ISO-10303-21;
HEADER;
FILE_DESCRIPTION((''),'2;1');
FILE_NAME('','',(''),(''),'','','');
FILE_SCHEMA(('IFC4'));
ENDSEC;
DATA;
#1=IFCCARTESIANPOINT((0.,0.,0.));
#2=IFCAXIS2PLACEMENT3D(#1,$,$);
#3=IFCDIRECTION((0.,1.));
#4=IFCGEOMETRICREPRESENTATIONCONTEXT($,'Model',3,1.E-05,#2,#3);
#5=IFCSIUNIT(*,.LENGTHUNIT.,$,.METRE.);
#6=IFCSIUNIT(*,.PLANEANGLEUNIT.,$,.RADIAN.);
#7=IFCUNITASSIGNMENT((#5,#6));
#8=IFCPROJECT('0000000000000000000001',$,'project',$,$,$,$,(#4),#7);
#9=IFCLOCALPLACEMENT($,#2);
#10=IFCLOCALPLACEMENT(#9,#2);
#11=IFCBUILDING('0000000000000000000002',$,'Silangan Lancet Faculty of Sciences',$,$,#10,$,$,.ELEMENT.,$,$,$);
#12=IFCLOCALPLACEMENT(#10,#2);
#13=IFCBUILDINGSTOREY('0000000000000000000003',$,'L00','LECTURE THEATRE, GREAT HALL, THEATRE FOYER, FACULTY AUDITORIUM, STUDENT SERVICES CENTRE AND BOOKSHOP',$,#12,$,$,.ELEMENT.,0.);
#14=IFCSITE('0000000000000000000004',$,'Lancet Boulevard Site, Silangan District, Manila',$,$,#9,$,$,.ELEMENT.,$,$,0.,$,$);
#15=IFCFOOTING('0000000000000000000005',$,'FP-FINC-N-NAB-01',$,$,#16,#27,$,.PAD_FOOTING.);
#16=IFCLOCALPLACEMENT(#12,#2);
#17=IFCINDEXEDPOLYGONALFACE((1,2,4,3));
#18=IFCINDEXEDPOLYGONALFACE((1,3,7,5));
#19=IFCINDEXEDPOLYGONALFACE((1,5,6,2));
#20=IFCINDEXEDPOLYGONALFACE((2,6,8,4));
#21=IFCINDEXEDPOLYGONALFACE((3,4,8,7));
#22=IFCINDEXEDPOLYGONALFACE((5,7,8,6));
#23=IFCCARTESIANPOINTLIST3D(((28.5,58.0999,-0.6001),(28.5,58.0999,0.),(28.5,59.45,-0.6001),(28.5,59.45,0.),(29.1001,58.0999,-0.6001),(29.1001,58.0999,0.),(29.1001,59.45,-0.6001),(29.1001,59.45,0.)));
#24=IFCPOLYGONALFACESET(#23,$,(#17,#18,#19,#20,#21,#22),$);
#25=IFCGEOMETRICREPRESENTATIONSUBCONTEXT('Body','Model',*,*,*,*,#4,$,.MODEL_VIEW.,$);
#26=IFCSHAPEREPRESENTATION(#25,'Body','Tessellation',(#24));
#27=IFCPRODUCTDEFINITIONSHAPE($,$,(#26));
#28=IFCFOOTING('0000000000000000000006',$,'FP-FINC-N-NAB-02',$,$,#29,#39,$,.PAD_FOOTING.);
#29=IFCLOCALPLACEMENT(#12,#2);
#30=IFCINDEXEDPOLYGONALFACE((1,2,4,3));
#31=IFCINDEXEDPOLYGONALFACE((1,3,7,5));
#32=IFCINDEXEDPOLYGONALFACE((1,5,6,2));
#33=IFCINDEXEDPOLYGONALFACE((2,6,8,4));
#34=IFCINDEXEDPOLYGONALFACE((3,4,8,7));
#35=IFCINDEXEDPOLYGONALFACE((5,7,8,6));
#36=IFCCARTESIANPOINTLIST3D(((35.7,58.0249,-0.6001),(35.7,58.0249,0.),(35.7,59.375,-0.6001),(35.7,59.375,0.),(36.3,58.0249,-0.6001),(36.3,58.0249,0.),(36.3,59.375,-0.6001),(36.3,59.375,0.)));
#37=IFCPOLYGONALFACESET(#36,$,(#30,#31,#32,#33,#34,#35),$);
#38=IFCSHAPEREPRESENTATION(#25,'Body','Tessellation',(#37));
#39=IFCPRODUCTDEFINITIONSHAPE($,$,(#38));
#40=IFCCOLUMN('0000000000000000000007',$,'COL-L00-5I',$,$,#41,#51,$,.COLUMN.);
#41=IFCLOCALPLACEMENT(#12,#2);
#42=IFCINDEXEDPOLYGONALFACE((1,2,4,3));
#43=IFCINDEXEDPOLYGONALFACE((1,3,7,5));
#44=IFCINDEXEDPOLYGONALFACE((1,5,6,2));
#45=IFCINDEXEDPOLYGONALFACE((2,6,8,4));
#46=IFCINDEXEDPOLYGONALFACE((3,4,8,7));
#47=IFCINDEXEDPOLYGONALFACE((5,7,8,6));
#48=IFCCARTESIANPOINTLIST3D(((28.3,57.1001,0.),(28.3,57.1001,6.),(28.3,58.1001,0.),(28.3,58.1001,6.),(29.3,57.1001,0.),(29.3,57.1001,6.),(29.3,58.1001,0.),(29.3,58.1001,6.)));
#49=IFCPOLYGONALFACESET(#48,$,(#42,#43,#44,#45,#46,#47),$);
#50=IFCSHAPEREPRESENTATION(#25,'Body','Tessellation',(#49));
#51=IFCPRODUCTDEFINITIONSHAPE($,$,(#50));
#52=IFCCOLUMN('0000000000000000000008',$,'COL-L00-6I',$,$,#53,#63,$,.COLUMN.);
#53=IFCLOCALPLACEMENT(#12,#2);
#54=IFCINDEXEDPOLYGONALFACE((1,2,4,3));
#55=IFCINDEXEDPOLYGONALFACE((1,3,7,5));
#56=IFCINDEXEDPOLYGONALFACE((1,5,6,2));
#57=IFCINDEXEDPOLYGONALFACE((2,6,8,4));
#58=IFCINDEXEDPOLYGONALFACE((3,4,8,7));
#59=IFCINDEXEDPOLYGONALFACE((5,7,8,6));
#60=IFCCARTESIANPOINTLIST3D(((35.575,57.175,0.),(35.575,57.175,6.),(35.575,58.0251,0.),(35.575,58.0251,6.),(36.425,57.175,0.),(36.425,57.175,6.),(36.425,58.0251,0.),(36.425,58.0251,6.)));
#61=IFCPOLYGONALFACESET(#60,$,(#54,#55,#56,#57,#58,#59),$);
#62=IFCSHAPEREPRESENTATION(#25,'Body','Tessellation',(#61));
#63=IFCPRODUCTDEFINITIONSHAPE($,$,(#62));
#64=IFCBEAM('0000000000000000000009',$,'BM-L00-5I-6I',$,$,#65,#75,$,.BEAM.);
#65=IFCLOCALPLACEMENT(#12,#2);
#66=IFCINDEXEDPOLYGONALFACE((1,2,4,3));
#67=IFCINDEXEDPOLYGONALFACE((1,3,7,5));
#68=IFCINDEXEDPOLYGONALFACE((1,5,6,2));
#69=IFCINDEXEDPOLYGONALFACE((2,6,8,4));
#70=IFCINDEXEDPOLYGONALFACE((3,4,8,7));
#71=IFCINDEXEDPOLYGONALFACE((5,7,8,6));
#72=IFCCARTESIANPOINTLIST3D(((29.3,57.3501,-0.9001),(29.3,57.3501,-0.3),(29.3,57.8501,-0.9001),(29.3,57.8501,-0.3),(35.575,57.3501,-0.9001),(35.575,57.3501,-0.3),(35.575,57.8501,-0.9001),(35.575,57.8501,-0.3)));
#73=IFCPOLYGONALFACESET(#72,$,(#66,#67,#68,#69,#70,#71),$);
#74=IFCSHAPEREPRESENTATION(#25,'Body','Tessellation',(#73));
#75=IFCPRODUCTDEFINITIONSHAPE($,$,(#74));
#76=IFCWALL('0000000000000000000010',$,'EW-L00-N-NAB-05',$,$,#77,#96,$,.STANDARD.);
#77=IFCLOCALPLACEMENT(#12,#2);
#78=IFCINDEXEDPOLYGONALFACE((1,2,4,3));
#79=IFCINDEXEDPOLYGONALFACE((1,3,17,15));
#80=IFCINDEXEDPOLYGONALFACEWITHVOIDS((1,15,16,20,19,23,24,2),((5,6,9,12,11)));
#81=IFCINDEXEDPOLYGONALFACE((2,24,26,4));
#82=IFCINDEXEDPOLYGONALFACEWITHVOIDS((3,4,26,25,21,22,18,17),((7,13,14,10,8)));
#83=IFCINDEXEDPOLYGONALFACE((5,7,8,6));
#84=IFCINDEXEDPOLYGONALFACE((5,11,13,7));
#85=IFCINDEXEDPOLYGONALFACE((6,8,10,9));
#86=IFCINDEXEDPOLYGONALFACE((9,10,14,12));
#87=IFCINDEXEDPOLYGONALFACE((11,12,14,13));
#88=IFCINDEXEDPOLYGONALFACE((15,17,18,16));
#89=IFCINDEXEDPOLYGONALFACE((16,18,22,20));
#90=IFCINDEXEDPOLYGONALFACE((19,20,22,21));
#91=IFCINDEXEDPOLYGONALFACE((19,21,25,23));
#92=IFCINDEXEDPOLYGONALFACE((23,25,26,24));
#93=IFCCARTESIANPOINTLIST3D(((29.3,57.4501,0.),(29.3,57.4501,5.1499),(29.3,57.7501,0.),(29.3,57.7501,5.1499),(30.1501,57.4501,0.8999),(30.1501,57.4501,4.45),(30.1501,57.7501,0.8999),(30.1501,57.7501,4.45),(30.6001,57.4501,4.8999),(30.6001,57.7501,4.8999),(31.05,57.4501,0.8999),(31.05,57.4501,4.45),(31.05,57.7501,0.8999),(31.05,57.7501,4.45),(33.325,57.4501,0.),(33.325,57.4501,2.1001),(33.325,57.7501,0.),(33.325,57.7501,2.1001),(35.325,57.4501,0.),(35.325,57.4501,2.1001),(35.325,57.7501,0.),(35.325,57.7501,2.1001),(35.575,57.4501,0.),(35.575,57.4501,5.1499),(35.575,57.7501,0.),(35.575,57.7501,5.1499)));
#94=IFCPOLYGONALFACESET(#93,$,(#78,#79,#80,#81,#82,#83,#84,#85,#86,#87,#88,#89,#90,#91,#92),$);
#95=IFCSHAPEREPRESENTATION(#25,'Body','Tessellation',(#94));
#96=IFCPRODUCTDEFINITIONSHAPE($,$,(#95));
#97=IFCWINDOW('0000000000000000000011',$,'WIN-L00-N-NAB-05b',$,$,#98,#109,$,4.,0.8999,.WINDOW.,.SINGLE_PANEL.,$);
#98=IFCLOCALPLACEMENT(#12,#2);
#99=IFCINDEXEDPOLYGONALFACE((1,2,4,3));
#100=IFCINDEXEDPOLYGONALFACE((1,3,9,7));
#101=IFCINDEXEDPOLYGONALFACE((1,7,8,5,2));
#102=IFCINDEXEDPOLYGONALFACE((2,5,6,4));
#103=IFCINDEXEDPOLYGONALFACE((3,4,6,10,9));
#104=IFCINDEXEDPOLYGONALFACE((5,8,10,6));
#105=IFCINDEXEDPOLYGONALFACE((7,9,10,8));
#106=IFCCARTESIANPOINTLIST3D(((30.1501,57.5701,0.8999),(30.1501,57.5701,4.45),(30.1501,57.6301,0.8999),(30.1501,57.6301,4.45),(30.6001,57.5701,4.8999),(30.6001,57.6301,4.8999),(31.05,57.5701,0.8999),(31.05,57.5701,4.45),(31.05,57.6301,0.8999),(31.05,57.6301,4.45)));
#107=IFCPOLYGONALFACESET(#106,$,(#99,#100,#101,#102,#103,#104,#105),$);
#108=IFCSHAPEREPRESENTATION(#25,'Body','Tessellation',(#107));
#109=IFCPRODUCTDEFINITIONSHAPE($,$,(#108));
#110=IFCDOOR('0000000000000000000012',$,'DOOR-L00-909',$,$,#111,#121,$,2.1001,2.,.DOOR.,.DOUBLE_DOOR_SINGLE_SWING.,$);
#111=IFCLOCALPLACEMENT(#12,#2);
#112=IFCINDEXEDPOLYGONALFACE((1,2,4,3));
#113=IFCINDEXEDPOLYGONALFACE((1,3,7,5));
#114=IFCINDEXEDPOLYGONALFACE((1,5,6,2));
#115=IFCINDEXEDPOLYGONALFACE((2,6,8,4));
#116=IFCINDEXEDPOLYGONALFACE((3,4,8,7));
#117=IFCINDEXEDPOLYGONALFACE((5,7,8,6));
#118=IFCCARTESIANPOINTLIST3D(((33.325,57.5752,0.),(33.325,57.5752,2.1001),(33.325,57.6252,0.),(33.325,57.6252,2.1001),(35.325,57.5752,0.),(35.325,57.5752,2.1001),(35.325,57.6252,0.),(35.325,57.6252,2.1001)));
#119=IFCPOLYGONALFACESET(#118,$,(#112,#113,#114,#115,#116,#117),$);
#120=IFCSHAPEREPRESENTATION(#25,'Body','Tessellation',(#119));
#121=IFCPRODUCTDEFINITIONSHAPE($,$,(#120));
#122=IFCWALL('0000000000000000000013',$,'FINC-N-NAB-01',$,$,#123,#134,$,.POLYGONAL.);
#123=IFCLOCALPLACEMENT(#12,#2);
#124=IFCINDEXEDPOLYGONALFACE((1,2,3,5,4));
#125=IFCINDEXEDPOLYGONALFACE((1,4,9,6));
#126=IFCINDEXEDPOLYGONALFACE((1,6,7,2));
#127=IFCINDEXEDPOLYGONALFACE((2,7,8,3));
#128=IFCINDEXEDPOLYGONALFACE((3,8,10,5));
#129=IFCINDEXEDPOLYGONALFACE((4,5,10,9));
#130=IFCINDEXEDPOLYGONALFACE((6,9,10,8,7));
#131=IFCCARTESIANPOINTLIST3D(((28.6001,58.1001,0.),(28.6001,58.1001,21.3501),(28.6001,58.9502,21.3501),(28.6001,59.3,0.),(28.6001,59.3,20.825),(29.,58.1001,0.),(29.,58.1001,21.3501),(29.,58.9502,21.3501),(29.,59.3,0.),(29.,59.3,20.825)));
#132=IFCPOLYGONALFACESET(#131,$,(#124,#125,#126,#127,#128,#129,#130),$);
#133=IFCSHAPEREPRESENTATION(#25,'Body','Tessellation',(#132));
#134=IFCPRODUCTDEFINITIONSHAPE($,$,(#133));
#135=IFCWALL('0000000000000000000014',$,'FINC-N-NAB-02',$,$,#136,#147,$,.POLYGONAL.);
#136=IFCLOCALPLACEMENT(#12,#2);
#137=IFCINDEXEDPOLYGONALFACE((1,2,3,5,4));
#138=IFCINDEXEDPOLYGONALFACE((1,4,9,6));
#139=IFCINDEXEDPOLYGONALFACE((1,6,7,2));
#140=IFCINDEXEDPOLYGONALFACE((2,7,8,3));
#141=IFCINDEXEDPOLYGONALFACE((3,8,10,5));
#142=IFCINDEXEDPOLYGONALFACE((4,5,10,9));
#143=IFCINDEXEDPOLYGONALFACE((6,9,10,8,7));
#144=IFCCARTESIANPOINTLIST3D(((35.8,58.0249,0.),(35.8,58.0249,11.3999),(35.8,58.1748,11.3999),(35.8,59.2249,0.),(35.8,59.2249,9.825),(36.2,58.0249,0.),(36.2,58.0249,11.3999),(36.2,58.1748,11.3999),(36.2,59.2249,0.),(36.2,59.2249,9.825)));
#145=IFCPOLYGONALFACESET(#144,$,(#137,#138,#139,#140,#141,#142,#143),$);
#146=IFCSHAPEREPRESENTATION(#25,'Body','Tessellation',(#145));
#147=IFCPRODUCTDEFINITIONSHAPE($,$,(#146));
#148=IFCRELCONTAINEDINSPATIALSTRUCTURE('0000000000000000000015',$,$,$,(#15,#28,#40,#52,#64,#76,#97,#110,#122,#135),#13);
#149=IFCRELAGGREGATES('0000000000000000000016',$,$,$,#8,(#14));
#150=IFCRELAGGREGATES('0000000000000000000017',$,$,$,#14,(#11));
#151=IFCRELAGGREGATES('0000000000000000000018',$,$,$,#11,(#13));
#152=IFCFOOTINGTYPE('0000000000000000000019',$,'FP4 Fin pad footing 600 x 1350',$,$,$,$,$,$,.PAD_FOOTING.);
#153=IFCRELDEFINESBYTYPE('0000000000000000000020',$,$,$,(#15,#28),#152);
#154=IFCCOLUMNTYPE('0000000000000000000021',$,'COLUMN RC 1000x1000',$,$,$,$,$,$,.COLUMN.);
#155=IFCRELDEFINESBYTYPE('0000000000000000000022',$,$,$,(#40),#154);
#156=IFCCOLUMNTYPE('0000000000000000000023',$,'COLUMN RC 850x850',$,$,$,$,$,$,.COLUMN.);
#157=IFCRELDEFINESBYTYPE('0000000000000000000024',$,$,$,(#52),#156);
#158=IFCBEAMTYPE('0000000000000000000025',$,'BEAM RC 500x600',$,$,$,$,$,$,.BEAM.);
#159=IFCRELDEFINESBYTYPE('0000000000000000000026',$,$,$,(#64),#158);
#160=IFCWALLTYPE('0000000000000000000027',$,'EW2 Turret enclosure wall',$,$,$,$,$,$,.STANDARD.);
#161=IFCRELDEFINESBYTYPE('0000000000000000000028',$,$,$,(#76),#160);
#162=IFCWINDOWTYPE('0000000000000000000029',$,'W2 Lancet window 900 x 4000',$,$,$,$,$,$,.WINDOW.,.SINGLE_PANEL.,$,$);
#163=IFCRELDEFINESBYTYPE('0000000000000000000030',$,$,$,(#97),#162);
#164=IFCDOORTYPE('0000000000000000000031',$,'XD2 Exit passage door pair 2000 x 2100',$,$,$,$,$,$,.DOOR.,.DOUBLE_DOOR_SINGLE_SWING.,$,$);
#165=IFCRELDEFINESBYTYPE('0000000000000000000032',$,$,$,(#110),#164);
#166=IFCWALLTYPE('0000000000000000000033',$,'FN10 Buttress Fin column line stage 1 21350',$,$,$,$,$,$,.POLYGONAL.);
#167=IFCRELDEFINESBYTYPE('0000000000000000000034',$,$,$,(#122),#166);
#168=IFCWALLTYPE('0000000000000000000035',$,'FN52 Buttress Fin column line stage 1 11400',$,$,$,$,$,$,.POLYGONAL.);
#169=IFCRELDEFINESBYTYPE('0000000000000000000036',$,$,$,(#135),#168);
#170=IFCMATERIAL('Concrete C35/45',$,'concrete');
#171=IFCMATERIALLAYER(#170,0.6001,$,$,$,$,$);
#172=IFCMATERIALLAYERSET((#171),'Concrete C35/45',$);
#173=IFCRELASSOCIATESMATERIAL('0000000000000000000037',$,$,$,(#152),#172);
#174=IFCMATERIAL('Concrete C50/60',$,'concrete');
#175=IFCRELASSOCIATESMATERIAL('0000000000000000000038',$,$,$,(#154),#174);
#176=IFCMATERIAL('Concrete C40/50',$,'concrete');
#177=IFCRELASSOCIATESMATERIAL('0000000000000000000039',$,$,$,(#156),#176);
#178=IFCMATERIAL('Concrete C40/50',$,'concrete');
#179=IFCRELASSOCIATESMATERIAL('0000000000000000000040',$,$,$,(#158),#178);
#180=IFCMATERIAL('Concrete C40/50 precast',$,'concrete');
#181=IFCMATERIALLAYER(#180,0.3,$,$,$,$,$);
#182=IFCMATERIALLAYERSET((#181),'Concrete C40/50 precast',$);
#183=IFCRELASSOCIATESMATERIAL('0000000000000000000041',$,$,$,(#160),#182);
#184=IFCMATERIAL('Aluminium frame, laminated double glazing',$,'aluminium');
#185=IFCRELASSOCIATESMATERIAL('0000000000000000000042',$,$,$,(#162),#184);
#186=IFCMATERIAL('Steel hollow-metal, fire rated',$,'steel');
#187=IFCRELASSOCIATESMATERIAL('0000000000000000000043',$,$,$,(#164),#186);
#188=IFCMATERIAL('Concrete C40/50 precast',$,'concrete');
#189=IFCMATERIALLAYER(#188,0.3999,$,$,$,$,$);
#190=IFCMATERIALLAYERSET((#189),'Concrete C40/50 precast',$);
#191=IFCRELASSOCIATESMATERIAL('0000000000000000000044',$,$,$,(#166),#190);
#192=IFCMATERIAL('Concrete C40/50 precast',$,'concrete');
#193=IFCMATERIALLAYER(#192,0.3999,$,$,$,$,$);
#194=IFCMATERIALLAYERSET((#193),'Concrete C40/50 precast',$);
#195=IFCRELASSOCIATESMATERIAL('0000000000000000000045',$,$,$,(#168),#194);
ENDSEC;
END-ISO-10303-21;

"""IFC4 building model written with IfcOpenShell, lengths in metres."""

from ifc_helpers import new_model, si_unit, direction, frame, frame_2d, origin, origin_2d, place, context, subcontext, project, spatial, polyline, rectangle, outline, extrude, material, layer, layer_set, material_profile, profile_set, type_object, element, fill, save


model = new_model("IFC4")

# Units and contexts
model_context = context("Model", 3, precision=1e-05, world=origin(), true_north=direction((0.0, 1.0)))
body_context = subcontext(model_context, "Body", "Model", "MODEL_VIEW")
ifc_project = project(units=[si_unit("LENGTHUNIT", "METRE"), si_unit("PLANEANGLEUNIT", "RADIAN")], contexts=[model_context])

# Site, building, storey
site_placement = place(None, origin())
site = spatial("IfcSite", under=ifc_project, at=site_placement, Name="Lancet Boulevard Site, Silangan District, Manila", CompositionType="ELEMENT", RefElevation=0.0)
building_placement = place(site_placement, origin())
building = spatial("IfcBuilding", under=site, at=building_placement, Name="Silangan Lancet Faculty of Sciences", CompositionType="ELEMENT")
storey_placement = place(building_placement, origin())
storey = spatial("IfcBuildingStorey", under=building, at=storey_placement, Name="L00", Description="LECTURE THEATRE, GREAT HALL, THEATRE FOYER, FACULTY AUDITORIUM, STUDENT SERVICES CENTRE AND BOOKSHOP", CompositionType="ELEMENT", Elevation=0.0)

# Footings
ifc_material_1 = material(Name="Concrete C35/45", Category="concrete")
ifc_layer_1 = layer(ifc_material_1, 0.6001)
ifc_layer_set_1 = layer_set([ifc_layer_1], Name="Concrete C35/45")
footing_type = type_object("IfcFootingType", Name="FP4 Fin pad footing 600 x 1350", PredefinedType="PAD_FOOTING", material=ifc_layer_set_1)
for number, where, z_axis, x_axis, name in (
    (1, (28.8, 58.7749, -0.6001), (0.0, 0.0, 1.0), (1.0, 0.0, 0.0), "FP-FINC-N-NAB-01"),
    (2, (36.0, 58.7, -0.6001), (0.0, 0.0, 1.0), (1.0, 0.0, 0.0), "FP-FINC-N-NAB-02"),
):
    element("IfcFooting", number, at=place(storey_placement, frame(where, z_axis=z_axis, x_axis=x_axis)), inside=storey, type_object=footing_type, Name=name, PredefinedType="PAD_FOOTING", context=body_context, shape_type="SweptSolid", body=[
        extrude(rectangle(XDim=0.6001, YDim=1.3501, at=origin_2d()), origin(), (0.0, 0.0, 1.0), 0.6001),
    ])

# Columns
ifc_material_2 = material(Name="Concrete C50/60", Category="concrete")
ifc_material_profile_1 = material_profile(ifc_material_2, rectangle(XDim=1.0, YDim=1.0, at=origin_2d()), Name="RC 1000x1000")
ifc_profile_set_1 = profile_set([ifc_material_profile_1], Name="Concrete C50/60")
column_type_1 = type_object("IfcColumnType", Name="COLUMN RC 1000x1000", PredefinedType="COLUMN", material=ifc_profile_set_1)
column_1_placement = place(storey_placement, frame((28.8, 57.6001, 0.0), z_axis=(0.0, 0.0, 1.0), x_axis=(1.0, 0.0, 0.0)))
element("IfcColumn", 3, at=column_1_placement, inside=storey, type_object=column_type_1, Name="COL-L00-5I", PredefinedType="COLUMN", context=body_context, shape_type="SweptSolid", body=[
    extrude(rectangle(XDim=1.0, YDim=1.0, at=origin_2d()), origin(), (0.0, 0.0, 1.0), 6.0),
])
ifc_material_3 = material(Name="Concrete C40/50", Category="concrete")
ifc_material_profile_2 = material_profile(ifc_material_3, rectangle(XDim=0.8501, YDim=0.8501, at=origin_2d()), Name="RC 850x850")
ifc_profile_set_2 = profile_set([ifc_material_profile_2], Name="Concrete C40/50")
column_type_2 = type_object("IfcColumnType", Name="COLUMN RC 850x850", PredefinedType="COLUMN", material=ifc_profile_set_2)
column_2_placement = place(storey_placement, frame((36.0, 57.6001, 0.0), z_axis=(0.0, 0.0, 1.0), x_axis=(1.0, 0.0, 0.0)))
element("IfcColumn", 4, at=column_2_placement, inside=storey, type_object=column_type_2, Name="COL-L00-6I", PredefinedType="COLUMN", context=body_context, shape_type="SweptSolid", body=[
    extrude(rectangle(XDim=0.8501, YDim=0.8501, at=origin_2d()), origin(), (0.0, 0.0, 1.0), 6.0),
])

# Beam
ifc_material_4 = material(Name="Concrete C40/50", Category="concrete")
ifc_material_profile_3 = material_profile(ifc_material_4, rectangle(XDim=0.5, YDim=0.6001, at=origin_2d()), Name="RC 500x600")
ifc_profile_set_3 = profile_set([ifc_material_profile_3], Name="Concrete C40/50")
beam_type = type_object("IfcBeamType", Name="BEAM RC 500x600", PredefinedType="BEAM", material=ifc_profile_set_3)
beam_placement = place(storey_placement, frame((29.3, 57.6001, -0.6001), z_axis=(1.0, 0.0, 0.0), x_axis=(0.0, 1.0, 0.0)))
element("IfcBeam", 5, at=beam_placement, inside=storey, type_object=beam_type, Name="BM-L00-5I-6I", PredefinedType="BEAM", context=body_context, shape_type="SweptSolid", body=[
    extrude(rectangle(XDim=0.5, YDim=0.6001, at=origin_2d()), origin(), (0.0, 0.0, 1.0), 6.2749),
])

# Wall, openings, window, door
ifc_material_5 = material(Name="Concrete C40/50 precast", Category="concrete")
ifc_layer_2 = layer(ifc_material_5, 0.3)
ifc_layer_set_2 = layer_set([ifc_layer_2], Name="Concrete C40/50 precast")
wall_type_1 = type_object("IfcWallType", Name="EW2 Turret enclosure wall", PredefinedType="STANDARD", material=ifc_layer_set_2)
wall_1_placement = place(storey_placement, frame((35.575, 57.6001, 0.0), z_axis=(0.0, 0.0, 1.0), x_axis=(-1.0, 0.0, 0.0)))
wall_1 = element("IfcWall", 6, at=wall_1_placement, inside=storey, type_object=wall_type_1, Name="EW-L00-N-NAB-05", PredefinedType="STANDARD", context=body_context, shape_type="SweptSolid", body=[
    extrude(rectangle(XDim=6.2749, YDim=0.3, at=frame_2d((3.1375, 0.0))), origin(), (0.0, 0.0, 1.0), 5.1499),
])
opening_1_placement = place(wall_1_placement, frame((0.25, 0.0, 0.0)))
opening_1 = element("IfcOpeningElement", 7, at=opening_1_placement, cuts=wall_1, PredefinedType="OPENING", context=body_context, shape_type="SweptSolid", body=[
    extrude(rectangle(XDim=2.0, YDim=2.1001, at=frame_2d((1.0, 1.05))), frame((0.0, 0.1599, 0.0), z_axis=(0.0, -1.0, 0.0), x_axis=(1.0, 0.0, 0.0)), (0.0, 0.0, 1.0), 0.3201),
])
opening_2_placement = place(wall_1_placement, frame((4.5249, 0.0, 0.8999)))
opening_2 = element("IfcOpeningElement", 8, at=opening_2_placement, cuts=wall_1, PredefinedType="OPENING", context=body_context, shape_type="SweptSolid", body=[
    extrude(outline(polyline([(0.0, 0.0), (0.8999, 0.0), (0.8999, 3.55), (0.45, 4.0), (0.0, 3.55), (0.0, 0.0)])), frame((0.0, 0.1599, 0.0), z_axis=(0.0, -1.0, 0.0), x_axis=(1.0, 0.0, 0.0)), (0.0, 0.0, 1.0), 0.3201),
])
ifc_material_6 = material(Name="Aluminium frame, laminated double glazing", Category="aluminium")
window_type = type_object("IfcWindowType", Name="W2 Lancet window 900 x 4000", PartitioningType="SINGLE_PANEL", PredefinedType="WINDOW", material=ifc_material_6)
window_placement = place(opening_2_placement, origin())
window = element("IfcWindow", 9, at=window_placement, inside=storey, type_object=window_type, Name="WIN-L00-N-NAB-05b", OverallHeight=4.0, OverallWidth=0.8999, PartitioningType="SINGLE_PANEL", PredefinedType="WINDOW", context=body_context, shape_type="SweptSolid", body=[
    extrude(outline(polyline([(0.0, 0.0), (0.8999, 0.0), (0.8999, 3.55), (0.45, 4.0), (0.0, 3.55), (0.0, 0.0)])), frame((0.0, 0.03, 0.0), z_axis=(0.0, -1.0, 0.0), x_axis=(1.0, 0.0, 0.0)), (0.0, 0.0, 1.0), 0.0601),
])
fill(opening_2, window)
ifc_material_7 = material(Name="Steel hollow-metal, fire rated", Category="steel")
door_type_1 = type_object("IfcDoorType", Name="XD2 Exit passage door pair 2000 x 2100", OperationType="DOUBLE_DOOR_SINGLE_SWING", PredefinedType="DOOR", material=ifc_material_7)
door_1_placement = place(opening_1_placement, frame((2.0, 0.0, 0.0), z_axis=(0.0, 0.0, 1.0), x_axis=(-1.0, 0.0, 0.0)))
door_1 = element("IfcDoor", 10, at=door_1_placement, inside=storey, type_object=door_type_1, Name="DOOR-L00-909", OperationType="DOUBLE_DOOR_SINGLE_SWING", OverallHeight=2.1001, OverallWidth=2.0, PredefinedType="DOOR", context=body_context, shape_type="SweptSolid", body=[
    extrude(rectangle(XDim=2.0, YDim=2.1001, at=frame_2d((1.0, 1.05))), frame((0.0, 0.0251, 0.0), z_axis=(0.0, -1.0, 0.0), x_axis=(1.0, 0.0, 0.0)), (0.0, 0.0, 1.0), 0.05),
])
fill(opening_1, door_1)

# Walls
ifc_material_8 = material(Name="Concrete C40/50 precast", Category="concrete")
ifc_layer_3 = layer(ifc_material_8, 0.3999)
ifc_layer_set_3 = layer_set([ifc_layer_3], Name="Concrete C40/50 precast")
wall_type_2 = type_object("IfcWallType", Name="FN10 Buttress Fin column line stage 1 21350", PredefinedType="POLYGONAL", material=ifc_layer_set_3)
wall_2_placement = place(storey_placement, frame((28.8, 58.1001, 0.0), z_axis=(0.0, 0.0, 1.0), x_axis=(0.0, 1.0, 0.0)))
element("IfcWall", 11, at=wall_2_placement, inside=storey, type_object=wall_type_2, Name="FINC-N-NAB-01", PredefinedType="POLYGONAL", context=body_context, shape_type="SweptSolid", body=[
    extrude(outline(polyline([(1.2, 0.0), (1.2, 20.825), (0.8501, 21.3501), (0.0, 21.3501), (0.0, 0.0), (1.2, 0.0)])), frame((0.0, 0.2, 0.0), z_axis=(0.0, -1.0, 0.0), x_axis=(1.0, 0.0, 0.0)), (0.0, 0.0, 1.0), 0.3999),
])
ifc_material_9 = material(Name="Concrete C40/50 precast", Category="concrete")
ifc_layer_4 = layer(ifc_material_9, 0.3999)
ifc_layer_set_4 = layer_set([ifc_layer_4], Name="Concrete C40/50 precast")
wall_type_3 = type_object("IfcWallType", Name="FN52 Buttress Fin column line stage 1 11400", PredefinedType="POLYGONAL", material=ifc_layer_set_4)
wall_3_placement = place(storey_placement, frame((36.0, 58.0249, 0.0), z_axis=(0.0, 0.0, 1.0), x_axis=(0.0, 1.0, 0.0)))
element("IfcWall", 12, at=wall_3_placement, inside=storey, type_object=wall_type_3, Name="FINC-N-NAB-02", PredefinedType="POLYGONAL", context=body_context, shape_type="SweptSolid", body=[
    extrude(outline(polyline([(1.2, 0.0), (1.2, 9.825), (0.1499, 11.3999), (0.0, 11.3999), (0.0, 0.0), (1.2, 0.0)])), frame((0.0, 0.2, 0.0), z_axis=(0.0, -1.0, 0.0), x_axis=(1.0, 0.0, 0.0)), (0.0, 0.0, 1.0), 0.3999),
])

save(model, "model.ifc")
